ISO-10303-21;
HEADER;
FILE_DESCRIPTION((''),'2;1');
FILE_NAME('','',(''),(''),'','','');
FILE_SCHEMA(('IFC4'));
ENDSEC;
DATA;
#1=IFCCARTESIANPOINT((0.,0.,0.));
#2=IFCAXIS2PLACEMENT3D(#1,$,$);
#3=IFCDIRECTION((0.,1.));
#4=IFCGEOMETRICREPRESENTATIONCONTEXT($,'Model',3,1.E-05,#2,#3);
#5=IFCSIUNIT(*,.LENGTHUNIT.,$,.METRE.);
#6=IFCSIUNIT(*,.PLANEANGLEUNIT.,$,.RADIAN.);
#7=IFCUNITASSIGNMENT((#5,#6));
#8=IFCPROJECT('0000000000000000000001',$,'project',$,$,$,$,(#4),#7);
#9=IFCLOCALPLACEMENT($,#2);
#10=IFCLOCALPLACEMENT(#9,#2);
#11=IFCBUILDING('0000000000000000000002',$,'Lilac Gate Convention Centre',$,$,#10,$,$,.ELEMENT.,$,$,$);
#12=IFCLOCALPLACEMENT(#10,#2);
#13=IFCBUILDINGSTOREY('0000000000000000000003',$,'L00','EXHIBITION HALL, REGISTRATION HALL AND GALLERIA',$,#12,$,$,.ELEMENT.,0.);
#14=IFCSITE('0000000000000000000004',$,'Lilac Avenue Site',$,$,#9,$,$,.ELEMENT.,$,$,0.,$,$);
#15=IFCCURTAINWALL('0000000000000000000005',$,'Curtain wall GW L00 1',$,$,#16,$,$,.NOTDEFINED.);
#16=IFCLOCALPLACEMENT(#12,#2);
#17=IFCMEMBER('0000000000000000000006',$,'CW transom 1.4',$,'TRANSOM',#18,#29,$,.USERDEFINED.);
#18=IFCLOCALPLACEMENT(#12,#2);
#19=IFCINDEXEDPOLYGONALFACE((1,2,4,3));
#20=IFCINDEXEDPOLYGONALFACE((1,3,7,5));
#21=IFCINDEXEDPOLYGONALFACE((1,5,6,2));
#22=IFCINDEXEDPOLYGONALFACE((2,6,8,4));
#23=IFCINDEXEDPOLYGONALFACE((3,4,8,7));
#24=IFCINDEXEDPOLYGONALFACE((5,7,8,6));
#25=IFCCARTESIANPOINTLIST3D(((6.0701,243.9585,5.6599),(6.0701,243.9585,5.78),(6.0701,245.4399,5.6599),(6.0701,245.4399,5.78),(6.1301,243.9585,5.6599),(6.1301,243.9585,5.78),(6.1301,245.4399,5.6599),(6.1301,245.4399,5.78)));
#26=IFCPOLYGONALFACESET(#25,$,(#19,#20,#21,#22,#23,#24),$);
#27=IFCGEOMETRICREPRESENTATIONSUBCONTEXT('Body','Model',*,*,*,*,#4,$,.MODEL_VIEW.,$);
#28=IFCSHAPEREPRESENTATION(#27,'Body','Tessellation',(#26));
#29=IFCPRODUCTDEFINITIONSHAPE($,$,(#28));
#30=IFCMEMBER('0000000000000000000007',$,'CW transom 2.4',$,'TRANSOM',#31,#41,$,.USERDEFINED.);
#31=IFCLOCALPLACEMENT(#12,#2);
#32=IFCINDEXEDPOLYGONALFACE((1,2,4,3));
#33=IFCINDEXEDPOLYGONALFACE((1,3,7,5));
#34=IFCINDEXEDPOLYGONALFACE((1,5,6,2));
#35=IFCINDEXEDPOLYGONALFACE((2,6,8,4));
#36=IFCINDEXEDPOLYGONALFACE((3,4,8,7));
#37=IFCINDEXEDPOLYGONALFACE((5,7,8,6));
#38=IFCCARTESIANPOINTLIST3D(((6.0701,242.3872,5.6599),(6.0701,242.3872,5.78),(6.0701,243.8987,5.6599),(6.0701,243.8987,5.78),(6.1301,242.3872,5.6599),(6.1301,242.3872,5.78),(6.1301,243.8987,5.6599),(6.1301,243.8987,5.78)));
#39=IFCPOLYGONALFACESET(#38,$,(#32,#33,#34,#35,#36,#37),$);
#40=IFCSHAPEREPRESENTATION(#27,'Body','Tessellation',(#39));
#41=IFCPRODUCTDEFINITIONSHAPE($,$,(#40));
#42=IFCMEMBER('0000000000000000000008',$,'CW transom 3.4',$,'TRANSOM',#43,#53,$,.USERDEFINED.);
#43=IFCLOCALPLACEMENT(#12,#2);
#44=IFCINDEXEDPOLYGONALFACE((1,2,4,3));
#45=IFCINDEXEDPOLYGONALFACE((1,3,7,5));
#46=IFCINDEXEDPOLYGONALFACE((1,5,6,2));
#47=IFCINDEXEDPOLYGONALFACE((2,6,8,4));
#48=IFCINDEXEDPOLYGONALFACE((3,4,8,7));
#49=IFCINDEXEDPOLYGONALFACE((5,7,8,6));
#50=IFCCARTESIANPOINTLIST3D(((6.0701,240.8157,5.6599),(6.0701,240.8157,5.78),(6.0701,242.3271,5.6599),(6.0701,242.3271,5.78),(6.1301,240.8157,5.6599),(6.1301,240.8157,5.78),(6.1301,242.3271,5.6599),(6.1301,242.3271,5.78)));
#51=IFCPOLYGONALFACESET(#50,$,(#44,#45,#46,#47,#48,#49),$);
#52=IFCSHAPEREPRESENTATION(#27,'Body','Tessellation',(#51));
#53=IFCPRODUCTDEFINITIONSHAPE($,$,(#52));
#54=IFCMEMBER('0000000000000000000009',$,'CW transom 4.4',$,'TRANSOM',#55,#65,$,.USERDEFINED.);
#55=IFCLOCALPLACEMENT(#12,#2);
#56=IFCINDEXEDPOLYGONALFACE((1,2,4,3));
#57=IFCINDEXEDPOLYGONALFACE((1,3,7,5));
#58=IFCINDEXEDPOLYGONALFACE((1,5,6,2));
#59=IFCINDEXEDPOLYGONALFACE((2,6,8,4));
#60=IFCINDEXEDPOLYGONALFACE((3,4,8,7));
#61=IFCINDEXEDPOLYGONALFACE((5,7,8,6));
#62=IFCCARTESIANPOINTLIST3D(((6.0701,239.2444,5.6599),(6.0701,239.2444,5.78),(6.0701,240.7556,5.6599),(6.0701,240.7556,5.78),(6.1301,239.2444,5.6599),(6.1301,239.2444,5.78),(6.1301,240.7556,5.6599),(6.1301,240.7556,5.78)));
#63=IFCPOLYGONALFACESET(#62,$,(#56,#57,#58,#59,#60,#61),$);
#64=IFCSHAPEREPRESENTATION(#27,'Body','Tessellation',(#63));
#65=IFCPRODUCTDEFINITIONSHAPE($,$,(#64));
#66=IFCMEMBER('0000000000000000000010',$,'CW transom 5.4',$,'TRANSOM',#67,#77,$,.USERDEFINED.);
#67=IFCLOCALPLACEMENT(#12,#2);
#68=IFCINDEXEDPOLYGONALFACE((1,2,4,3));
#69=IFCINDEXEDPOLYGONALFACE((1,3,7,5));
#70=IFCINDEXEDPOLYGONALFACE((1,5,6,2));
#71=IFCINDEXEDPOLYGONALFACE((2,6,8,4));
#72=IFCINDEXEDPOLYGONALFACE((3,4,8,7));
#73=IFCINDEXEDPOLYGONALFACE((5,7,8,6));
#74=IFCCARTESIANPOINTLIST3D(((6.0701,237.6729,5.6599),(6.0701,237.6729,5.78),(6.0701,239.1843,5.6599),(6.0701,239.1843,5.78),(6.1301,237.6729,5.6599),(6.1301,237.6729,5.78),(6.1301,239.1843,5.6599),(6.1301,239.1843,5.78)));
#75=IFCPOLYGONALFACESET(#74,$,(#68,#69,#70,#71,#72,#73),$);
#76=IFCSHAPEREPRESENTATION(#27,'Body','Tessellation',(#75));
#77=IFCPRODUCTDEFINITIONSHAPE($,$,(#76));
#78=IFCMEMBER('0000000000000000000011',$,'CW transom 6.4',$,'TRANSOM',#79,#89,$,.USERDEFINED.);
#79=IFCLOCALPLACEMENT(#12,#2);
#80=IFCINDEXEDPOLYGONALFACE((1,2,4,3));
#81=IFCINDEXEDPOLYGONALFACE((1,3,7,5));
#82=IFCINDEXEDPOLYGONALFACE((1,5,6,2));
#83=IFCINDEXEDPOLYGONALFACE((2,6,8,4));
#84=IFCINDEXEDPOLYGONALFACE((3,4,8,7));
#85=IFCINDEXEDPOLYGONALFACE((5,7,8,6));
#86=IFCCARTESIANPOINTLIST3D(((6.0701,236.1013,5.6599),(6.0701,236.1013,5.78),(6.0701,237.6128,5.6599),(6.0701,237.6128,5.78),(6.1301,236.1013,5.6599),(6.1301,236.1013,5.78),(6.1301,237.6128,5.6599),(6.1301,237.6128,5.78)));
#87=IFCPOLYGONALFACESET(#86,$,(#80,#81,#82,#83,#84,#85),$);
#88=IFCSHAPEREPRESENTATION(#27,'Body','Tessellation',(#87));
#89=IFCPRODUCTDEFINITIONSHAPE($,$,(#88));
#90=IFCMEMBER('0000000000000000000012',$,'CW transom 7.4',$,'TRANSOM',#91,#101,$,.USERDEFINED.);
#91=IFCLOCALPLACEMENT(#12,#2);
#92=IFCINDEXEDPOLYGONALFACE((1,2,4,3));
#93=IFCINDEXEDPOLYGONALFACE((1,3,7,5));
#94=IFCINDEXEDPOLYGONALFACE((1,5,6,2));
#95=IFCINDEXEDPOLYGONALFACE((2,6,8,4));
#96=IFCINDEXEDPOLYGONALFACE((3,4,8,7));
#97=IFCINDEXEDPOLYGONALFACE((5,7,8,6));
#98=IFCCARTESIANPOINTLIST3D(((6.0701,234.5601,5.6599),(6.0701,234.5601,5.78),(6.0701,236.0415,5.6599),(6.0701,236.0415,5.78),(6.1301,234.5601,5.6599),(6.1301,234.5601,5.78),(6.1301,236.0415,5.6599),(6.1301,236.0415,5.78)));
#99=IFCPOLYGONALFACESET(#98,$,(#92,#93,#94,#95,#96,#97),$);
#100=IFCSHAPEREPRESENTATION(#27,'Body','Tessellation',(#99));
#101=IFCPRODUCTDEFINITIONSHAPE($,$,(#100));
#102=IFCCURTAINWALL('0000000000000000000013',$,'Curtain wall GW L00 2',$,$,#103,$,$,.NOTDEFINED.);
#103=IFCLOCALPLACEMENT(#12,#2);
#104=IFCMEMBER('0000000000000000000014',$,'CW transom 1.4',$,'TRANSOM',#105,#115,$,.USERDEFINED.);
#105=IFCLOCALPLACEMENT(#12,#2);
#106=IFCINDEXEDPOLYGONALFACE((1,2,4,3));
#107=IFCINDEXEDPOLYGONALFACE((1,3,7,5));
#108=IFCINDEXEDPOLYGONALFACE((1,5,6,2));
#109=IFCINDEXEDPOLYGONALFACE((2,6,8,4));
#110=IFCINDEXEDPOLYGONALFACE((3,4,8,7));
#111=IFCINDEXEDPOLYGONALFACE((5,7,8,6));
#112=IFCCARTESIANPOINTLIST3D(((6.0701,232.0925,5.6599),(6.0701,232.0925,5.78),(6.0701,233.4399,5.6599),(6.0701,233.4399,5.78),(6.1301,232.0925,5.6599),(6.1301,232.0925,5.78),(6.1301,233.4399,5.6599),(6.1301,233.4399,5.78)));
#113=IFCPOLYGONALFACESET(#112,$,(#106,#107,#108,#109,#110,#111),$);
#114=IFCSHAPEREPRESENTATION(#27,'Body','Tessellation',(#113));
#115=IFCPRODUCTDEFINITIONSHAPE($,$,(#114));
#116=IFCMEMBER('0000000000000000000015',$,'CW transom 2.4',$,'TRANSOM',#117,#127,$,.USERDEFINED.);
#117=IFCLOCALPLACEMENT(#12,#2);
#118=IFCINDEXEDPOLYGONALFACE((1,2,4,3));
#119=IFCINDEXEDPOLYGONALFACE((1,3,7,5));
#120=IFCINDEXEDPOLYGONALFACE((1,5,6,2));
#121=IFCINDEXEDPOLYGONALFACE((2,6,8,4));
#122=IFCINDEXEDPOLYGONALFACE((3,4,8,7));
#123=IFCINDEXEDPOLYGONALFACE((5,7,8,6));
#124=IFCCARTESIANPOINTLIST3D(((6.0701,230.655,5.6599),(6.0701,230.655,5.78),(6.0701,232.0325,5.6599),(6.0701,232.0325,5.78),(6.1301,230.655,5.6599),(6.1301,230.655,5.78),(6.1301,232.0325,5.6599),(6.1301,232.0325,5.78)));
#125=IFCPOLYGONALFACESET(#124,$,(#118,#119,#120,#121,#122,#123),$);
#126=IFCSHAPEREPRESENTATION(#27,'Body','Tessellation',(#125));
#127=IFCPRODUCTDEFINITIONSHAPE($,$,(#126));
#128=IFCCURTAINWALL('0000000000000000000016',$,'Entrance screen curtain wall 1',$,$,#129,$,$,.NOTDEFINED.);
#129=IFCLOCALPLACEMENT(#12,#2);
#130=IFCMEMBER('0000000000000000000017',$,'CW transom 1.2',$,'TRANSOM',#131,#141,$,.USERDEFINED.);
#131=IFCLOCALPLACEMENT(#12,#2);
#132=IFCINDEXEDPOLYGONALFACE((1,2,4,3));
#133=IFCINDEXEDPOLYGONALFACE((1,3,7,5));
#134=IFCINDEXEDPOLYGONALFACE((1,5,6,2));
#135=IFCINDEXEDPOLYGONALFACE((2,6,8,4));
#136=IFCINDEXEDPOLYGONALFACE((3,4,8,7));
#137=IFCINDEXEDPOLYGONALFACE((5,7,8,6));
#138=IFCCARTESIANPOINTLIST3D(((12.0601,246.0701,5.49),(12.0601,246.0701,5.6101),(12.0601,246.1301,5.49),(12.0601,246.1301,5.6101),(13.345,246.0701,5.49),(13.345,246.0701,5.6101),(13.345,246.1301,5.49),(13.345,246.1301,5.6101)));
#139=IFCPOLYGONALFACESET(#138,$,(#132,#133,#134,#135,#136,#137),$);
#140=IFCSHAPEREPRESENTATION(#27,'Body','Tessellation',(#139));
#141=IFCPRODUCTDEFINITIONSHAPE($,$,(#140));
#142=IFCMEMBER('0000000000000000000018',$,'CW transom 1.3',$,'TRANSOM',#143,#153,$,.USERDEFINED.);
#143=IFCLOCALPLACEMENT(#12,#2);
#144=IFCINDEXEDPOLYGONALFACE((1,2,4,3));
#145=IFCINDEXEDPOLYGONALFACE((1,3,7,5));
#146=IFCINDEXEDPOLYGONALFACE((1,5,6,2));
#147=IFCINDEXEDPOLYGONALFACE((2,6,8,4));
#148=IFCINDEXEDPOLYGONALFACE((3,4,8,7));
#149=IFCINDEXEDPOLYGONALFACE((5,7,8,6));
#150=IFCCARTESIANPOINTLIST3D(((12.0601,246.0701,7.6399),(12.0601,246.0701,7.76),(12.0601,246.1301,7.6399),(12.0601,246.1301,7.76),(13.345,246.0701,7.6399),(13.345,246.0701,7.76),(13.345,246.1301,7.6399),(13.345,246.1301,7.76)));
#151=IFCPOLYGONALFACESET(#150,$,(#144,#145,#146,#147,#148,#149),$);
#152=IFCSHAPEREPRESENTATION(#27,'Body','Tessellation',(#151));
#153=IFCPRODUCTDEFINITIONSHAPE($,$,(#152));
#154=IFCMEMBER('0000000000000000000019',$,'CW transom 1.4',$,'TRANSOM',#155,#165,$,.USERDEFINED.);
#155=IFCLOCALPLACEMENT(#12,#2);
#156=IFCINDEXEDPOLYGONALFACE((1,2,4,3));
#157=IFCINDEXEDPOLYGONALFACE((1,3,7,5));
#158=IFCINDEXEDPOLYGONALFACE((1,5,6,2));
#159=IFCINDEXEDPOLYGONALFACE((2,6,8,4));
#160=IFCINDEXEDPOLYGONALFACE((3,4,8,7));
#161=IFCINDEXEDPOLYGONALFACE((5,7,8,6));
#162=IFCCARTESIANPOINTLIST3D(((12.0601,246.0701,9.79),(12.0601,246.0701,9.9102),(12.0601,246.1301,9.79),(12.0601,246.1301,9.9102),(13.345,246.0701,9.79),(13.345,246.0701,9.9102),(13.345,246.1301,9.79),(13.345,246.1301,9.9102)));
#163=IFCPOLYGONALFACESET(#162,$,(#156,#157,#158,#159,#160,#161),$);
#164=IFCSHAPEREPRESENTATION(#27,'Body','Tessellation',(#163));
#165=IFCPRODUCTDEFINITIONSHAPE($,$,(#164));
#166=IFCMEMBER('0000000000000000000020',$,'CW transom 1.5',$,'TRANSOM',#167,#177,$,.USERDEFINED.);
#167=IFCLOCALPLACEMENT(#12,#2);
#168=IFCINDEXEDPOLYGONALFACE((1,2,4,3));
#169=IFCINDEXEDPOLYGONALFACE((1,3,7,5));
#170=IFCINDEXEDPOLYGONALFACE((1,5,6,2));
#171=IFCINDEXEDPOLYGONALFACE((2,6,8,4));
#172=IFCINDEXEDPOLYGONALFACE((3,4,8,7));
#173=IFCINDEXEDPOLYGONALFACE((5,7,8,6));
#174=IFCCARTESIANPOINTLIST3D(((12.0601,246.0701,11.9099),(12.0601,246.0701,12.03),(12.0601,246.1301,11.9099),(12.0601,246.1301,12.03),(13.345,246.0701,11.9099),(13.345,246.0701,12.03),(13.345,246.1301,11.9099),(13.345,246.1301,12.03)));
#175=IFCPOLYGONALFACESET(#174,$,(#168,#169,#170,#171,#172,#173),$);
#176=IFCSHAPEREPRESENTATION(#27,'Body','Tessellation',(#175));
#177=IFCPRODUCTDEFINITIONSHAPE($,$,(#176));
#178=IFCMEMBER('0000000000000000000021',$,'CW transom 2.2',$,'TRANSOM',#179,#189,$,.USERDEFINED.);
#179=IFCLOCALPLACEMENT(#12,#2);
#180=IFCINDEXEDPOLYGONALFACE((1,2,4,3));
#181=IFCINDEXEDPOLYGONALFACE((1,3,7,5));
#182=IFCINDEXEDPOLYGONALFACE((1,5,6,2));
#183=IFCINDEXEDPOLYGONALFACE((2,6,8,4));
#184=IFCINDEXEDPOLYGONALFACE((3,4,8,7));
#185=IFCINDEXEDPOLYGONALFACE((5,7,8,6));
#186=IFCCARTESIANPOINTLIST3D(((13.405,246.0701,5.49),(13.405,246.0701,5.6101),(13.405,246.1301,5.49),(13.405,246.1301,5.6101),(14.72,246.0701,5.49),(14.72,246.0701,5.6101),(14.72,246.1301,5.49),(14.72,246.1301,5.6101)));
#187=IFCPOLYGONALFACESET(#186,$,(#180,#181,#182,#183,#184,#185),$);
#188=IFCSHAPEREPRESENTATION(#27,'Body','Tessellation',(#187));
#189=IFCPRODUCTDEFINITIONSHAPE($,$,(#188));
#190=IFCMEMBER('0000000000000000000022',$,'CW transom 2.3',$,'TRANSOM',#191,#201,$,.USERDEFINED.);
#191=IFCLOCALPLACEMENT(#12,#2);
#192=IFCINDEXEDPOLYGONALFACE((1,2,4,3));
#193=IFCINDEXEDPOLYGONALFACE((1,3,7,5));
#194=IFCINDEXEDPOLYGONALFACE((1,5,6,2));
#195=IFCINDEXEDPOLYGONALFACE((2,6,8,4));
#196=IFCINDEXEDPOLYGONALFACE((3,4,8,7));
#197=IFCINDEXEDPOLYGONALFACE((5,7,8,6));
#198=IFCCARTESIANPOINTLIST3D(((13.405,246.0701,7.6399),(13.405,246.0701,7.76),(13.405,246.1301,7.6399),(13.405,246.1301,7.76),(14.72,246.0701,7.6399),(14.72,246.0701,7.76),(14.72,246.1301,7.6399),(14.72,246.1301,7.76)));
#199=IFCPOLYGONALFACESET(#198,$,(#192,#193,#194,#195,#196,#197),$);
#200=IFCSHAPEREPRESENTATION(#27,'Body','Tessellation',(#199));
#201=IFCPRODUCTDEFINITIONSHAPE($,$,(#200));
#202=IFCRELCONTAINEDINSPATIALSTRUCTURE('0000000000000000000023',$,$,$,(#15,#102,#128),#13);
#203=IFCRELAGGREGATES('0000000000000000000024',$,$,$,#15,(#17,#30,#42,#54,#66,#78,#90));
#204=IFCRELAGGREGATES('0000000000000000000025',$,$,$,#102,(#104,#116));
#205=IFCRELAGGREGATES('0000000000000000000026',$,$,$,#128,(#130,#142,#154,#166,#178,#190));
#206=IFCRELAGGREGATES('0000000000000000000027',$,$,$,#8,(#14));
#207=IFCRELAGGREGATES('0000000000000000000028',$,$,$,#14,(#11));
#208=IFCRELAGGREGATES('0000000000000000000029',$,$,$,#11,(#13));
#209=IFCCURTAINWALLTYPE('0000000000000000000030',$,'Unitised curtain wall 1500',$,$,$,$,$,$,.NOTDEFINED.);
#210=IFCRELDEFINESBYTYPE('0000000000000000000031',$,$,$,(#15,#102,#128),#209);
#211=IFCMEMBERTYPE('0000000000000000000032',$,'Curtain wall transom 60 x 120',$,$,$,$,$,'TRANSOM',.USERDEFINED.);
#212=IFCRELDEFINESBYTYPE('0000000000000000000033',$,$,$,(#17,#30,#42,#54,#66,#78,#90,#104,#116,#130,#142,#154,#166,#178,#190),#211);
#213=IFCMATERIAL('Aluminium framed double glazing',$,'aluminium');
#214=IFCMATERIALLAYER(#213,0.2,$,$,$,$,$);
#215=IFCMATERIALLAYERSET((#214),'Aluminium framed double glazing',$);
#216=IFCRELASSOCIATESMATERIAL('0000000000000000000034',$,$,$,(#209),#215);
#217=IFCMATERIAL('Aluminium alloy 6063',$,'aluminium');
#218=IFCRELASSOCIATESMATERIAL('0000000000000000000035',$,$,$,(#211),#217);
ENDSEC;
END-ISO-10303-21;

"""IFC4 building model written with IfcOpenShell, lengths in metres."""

from ifc_helpers import new_model, si_unit, direction, frame, origin, origin_2d, place, context, subcontext, project, spatial, rectangle, extrude, material, layer, layer_set, material_profile, profile_set, type_object, element, aggregate, save


model = new_model("IFC4")

# Units and contexts
model_context = context("Model", 3, precision=1e-05, world=origin(), true_north=direction((0.0, 1.0)))
body_context = subcontext(model_context, "Body", "Model", "MODEL_VIEW")
ifc_project = project(units=[si_unit("LENGTHUNIT", "METRE"), si_unit("PLANEANGLEUNIT", "RADIAN")], contexts=[model_context])

# Site, building, storey
site_placement = place(None, origin())
site = spatial("IfcSite", under=ifc_project, at=site_placement, Name="Lilac Avenue Site", CompositionType="ELEMENT", RefElevation=0.0)
building_placement = place(site_placement, origin())
building = spatial("IfcBuilding", under=site, at=building_placement, Name="Lilac Gate Convention Centre", CompositionType="ELEMENT")
storey_placement = place(building_placement, origin())
storey = spatial("IfcBuildingStorey", under=building, at=storey_placement, Name="L00", Description="EXHIBITION HALL, REGISTRATION HALL AND GALLERIA", CompositionType="ELEMENT", Elevation=0.0)

# Curtain walls, members
ifc_material_1 = material(Name="Aluminium framed double glazing", Category="aluminium")
ifc_layer_1 = layer(ifc_material_1, 0.2)
ifc_layer_set_1 = layer_set([ifc_layer_1], Name="Aluminium framed double glazing")
curtain_wall_type = type_object("IfcCurtainWallType", Name="Unitised curtain wall 1500", PredefinedType="NOTDEFINED", material=ifc_layer_set_1)
curtain_wall_1_placement = place(storey_placement, origin())
curtain_wall_1 = element("IfcCurtainWall", 1, at=curtain_wall_1_placement, inside=storey, type_object=curtain_wall_type, Name="Curtain wall GW L00 1", PredefinedType="NOTDEFINED")
ifc_material_2 = material(Name="Aluminium alloy 6063", Category="aluminium")
ifc_material_profile = material_profile(ifc_material_2, rectangle(XDim=0.0601, YDim=0.1201, at=origin_2d()), Name="Curtain wall transom 60 x 120")
ifc_profile_set = profile_set([ifc_material_profile], Name="Aluminium alloy 6063")
member_type = type_object("IfcMemberType", Name="Curtain wall transom 60 x 120", ElementType="TRANSOM", PredefinedType="USERDEFINED", material=ifc_profile_set)
member_1_placement = place(storey_placement, frame((6.1001, 245.4399, 5.72), z_axis=(0.0, -1.0, 0.0), x_axis=(1.0, 0.0, 0.0)))
member_1 = element("IfcMember", 2, at=member_1_placement, type_object=member_type, Name="CW transom 1.4", ObjectType="TRANSOM", PredefinedType="USERDEFINED", context=body_context, shape_type="SweptSolid", body=[
    extrude(rectangle(XDim=0.0601, YDim=0.1201, at=origin_2d()), origin(), (0.0, 0.0, 1.0), 1.4814),
])
member_2_placement = place(storey_placement, frame((6.1001, 243.8987, 5.72), z_axis=(0.0, -1.0, 0.0), x_axis=(1.0, 0.0, 0.0)))
member_2 = element("IfcMember", 3, at=member_2_placement, type_object=member_type, Name="CW transom 2.4", ObjectType="TRANSOM", PredefinedType="USERDEFINED", context=body_context, shape_type="SweptSolid", body=[
    extrude(rectangle(XDim=0.0601, YDim=0.1201, at=origin_2d()), origin(), (0.0, 0.0, 1.0), 1.5115),
])
member_3_placement = place(storey_placement, frame((6.1001, 242.3271, 5.72), z_axis=(0.0, -1.0, 0.0), x_axis=(1.0, 0.0, 0.0)))
member_3 = element("IfcMember", 4, at=member_3_placement, type_object=member_type, Name="CW transom 3.4", ObjectType="TRANSOM", PredefinedType="USERDEFINED", context=body_context, shape_type="SweptSolid", body=[
    extrude(rectangle(XDim=0.0601, YDim=0.1201, at=origin_2d()), origin(), (0.0, 0.0, 1.0), 1.5115),
])
member_4_placement = place(storey_placement, frame((6.1001, 240.7556, 5.72), z_axis=(0.0, -1.0, 0.0), x_axis=(1.0, 0.0, 0.0)))
member_4 = element("IfcMember", 5, at=member_4_placement, type_object=member_type, Name="CW transom 4.4", ObjectType="TRANSOM", PredefinedType="USERDEFINED", context=body_context, shape_type="SweptSolid", body=[
    extrude(rectangle(XDim=0.0601, YDim=0.1201, at=origin_2d()), origin(), (0.0, 0.0, 1.0), 1.5112),
])
member_5_placement = place(storey_placement, frame((6.1001, 239.1843, 5.72), z_axis=(0.0, -1.0, 0.0), x_axis=(1.0, 0.0, 0.0)))
member_5 = element("IfcMember", 6, at=member_5_placement, type_object=member_type, Name="CW transom 5.4", ObjectType="TRANSOM", PredefinedType="USERDEFINED", context=body_context, shape_type="SweptSolid", body=[
    extrude(rectangle(XDim=0.0601, YDim=0.1201, at=origin_2d()), origin(), (0.0, 0.0, 1.0), 1.5115),
])
member_6_placement = place(storey_placement, frame((6.1001, 237.6128, 5.72), z_axis=(0.0, -1.0, 0.0), x_axis=(1.0, 0.0, 0.0)))
member_6 = element("IfcMember", 7, at=member_6_placement, type_object=member_type, Name="CW transom 6.4", ObjectType="TRANSOM", PredefinedType="USERDEFINED", context=body_context, shape_type="SweptSolid", body=[
    extrude(rectangle(XDim=0.0601, YDim=0.1201, at=origin_2d()), origin(), (0.0, 0.0, 1.0), 1.5115),
])
member_7_placement = place(storey_placement, frame((6.1001, 236.0415, 5.72), z_axis=(0.0, -1.0, 0.0), x_axis=(1.0, 0.0, 0.0)))
member_7 = element("IfcMember", 8, at=member_7_placement, type_object=member_type, Name="CW transom 7.4", ObjectType="TRANSOM", PredefinedType="USERDEFINED", context=body_context, shape_type="SweptSolid", body=[
    extrude(rectangle(XDim=0.0601, YDim=0.1201, at=origin_2d()), origin(), (0.0, 0.0, 1.0), 1.4814),
])
aggregate(curtain_wall_1, [member_1, member_2, member_3, member_4, member_5, member_6, member_7])
curtain_wall_2_placement = place(storey_placement, origin())
curtain_wall_2 = element("IfcCurtainWall", 9, at=curtain_wall_2_placement, inside=storey, type_object=curtain_wall_type, Name="Curtain wall GW L00 2", PredefinedType="NOTDEFINED")
member_8_placement = place(storey_placement, frame((6.1001, 233.4399, 5.72), z_axis=(0.0, -1.0, 0.0), x_axis=(1.0, 0.0, 0.0)))
member_8 = element("IfcMember", 10, at=member_8_placement, type_object=member_type, Name="CW transom 1.4", ObjectType="TRANSOM", PredefinedType="USERDEFINED", context=body_context, shape_type="SweptSolid", body=[
    extrude(rectangle(XDim=0.0601, YDim=0.1201, at=origin_2d()), origin(), (0.0, 0.0, 1.0), 1.3474),
])
member_9_placement = place(storey_placement, frame((6.1001, 232.0325, 5.72), z_axis=(0.0, -1.0, 0.0), x_axis=(1.0, 0.0, 0.0)))
member_9 = element("IfcMember", 11, at=member_9_placement, type_object=member_type, Name="CW transom 2.4", ObjectType="TRANSOM", PredefinedType="USERDEFINED", context=body_context, shape_type="SweptSolid", body=[
    extrude(rectangle(XDim=0.0601, YDim=0.1201, at=origin_2d()), origin(), (0.0, 0.0, 1.0), 1.3774),
])
aggregate(curtain_wall_2, [member_8, member_9])

# Curtain wall, members
curtain_wall_3_placement = place(storey_placement, origin())
curtain_wall_3 = element("IfcCurtainWall", 12, at=curtain_wall_3_placement, inside=storey, type_object=curtain_wall_type, Name="Entrance screen curtain wall 1", PredefinedType="NOTDEFINED")
member_10_placement = place(storey_placement, frame((12.0601, 246.1001, 5.55), z_axis=(1.0, 0.0, 0.0), x_axis=(0.0, 1.0, 0.0)))
member_10 = element("IfcMember", 13, at=member_10_placement, type_object=member_type, Name="CW transom 1.2", ObjectType="TRANSOM", PredefinedType="USERDEFINED", context=body_context, shape_type="SweptSolid", body=[
    extrude(rectangle(XDim=0.0601, YDim=0.1201, at=origin_2d()), origin(), (0.0, 0.0, 1.0), 1.2849),
])
member_11_placement = place(storey_placement, frame((12.0601, 246.1001, 7.7), z_axis=(1.0, 0.0, 0.0), x_axis=(0.0, 1.0, 0.0)))
member_11 = element("IfcMember", 14, at=member_11_placement, type_object=member_type, Name="CW transom 1.3", ObjectType="TRANSOM", PredefinedType="USERDEFINED", context=body_context, shape_type="SweptSolid", body=[
    extrude(rectangle(XDim=0.0601, YDim=0.1201, at=origin_2d()), origin(), (0.0, 0.0, 1.0), 1.2849),
])
member_12_placement = place(storey_placement, frame((12.0601, 246.1001, 9.8501), z_axis=(1.0, 0.0, 0.0), x_axis=(0.0, 1.0, 0.0)))
member_12 = element("IfcMember", 15, at=member_12_placement, type_object=member_type, Name="CW transom 1.4", ObjectType="TRANSOM", PredefinedType="USERDEFINED", context=body_context, shape_type="SweptSolid", body=[
    extrude(rectangle(XDim=0.0601, YDim=0.1201, at=origin_2d()), origin(), (0.0, 0.0, 1.0), 1.2849),
])
member_13_placement = place(storey_placement, frame((12.0601, 246.1001, 11.97), z_axis=(1.0, 0.0, 0.0), x_axis=(0.0, 1.0, 0.0)))
member_13 = element("IfcMember", 16, at=member_13_placement, type_object=member_type, Name="CW transom 1.5", ObjectType="TRANSOM", PredefinedType="USERDEFINED", context=body_context, shape_type="SweptSolid", body=[
    extrude(rectangle(XDim=0.0601, YDim=0.1201, at=origin_2d()), origin(), (0.0, 0.0, 1.0), 1.2849),
])
member_14_placement = place(storey_placement, frame((13.405, 246.1001, 5.55), z_axis=(1.0, 0.0, 0.0), x_axis=(0.0, 1.0, 0.0)))
member_14 = element("IfcMember", 17, at=member_14_placement, type_object=member_type, Name="CW transom 2.2", ObjectType="TRANSOM", PredefinedType="USERDEFINED", context=body_context, shape_type="SweptSolid", body=[
    extrude(rectangle(XDim=0.0601, YDim=0.1201, at=origin_2d()), origin(), (0.0, 0.0, 1.0), 1.3149),
])
member_15_placement = place(storey_placement, frame((13.405, 246.1001, 7.7), z_axis=(1.0, 0.0, 0.0), x_axis=(0.0, 1.0, 0.0)))
member_15 = element("IfcMember", 18, at=member_15_placement, type_object=member_type, Name="CW transom 2.3", ObjectType="TRANSOM", PredefinedType="USERDEFINED", context=body_context, shape_type="SweptSolid", body=[
    extrude(rectangle(XDim=0.0601, YDim=0.1201, at=origin_2d()), origin(), (0.0, 0.0, 1.0), 1.3149),
])
aggregate(curtain_wall_3, [member_10, member_11, member_12, member_13, member_14, member_15])

save(model, "model.ifc")
